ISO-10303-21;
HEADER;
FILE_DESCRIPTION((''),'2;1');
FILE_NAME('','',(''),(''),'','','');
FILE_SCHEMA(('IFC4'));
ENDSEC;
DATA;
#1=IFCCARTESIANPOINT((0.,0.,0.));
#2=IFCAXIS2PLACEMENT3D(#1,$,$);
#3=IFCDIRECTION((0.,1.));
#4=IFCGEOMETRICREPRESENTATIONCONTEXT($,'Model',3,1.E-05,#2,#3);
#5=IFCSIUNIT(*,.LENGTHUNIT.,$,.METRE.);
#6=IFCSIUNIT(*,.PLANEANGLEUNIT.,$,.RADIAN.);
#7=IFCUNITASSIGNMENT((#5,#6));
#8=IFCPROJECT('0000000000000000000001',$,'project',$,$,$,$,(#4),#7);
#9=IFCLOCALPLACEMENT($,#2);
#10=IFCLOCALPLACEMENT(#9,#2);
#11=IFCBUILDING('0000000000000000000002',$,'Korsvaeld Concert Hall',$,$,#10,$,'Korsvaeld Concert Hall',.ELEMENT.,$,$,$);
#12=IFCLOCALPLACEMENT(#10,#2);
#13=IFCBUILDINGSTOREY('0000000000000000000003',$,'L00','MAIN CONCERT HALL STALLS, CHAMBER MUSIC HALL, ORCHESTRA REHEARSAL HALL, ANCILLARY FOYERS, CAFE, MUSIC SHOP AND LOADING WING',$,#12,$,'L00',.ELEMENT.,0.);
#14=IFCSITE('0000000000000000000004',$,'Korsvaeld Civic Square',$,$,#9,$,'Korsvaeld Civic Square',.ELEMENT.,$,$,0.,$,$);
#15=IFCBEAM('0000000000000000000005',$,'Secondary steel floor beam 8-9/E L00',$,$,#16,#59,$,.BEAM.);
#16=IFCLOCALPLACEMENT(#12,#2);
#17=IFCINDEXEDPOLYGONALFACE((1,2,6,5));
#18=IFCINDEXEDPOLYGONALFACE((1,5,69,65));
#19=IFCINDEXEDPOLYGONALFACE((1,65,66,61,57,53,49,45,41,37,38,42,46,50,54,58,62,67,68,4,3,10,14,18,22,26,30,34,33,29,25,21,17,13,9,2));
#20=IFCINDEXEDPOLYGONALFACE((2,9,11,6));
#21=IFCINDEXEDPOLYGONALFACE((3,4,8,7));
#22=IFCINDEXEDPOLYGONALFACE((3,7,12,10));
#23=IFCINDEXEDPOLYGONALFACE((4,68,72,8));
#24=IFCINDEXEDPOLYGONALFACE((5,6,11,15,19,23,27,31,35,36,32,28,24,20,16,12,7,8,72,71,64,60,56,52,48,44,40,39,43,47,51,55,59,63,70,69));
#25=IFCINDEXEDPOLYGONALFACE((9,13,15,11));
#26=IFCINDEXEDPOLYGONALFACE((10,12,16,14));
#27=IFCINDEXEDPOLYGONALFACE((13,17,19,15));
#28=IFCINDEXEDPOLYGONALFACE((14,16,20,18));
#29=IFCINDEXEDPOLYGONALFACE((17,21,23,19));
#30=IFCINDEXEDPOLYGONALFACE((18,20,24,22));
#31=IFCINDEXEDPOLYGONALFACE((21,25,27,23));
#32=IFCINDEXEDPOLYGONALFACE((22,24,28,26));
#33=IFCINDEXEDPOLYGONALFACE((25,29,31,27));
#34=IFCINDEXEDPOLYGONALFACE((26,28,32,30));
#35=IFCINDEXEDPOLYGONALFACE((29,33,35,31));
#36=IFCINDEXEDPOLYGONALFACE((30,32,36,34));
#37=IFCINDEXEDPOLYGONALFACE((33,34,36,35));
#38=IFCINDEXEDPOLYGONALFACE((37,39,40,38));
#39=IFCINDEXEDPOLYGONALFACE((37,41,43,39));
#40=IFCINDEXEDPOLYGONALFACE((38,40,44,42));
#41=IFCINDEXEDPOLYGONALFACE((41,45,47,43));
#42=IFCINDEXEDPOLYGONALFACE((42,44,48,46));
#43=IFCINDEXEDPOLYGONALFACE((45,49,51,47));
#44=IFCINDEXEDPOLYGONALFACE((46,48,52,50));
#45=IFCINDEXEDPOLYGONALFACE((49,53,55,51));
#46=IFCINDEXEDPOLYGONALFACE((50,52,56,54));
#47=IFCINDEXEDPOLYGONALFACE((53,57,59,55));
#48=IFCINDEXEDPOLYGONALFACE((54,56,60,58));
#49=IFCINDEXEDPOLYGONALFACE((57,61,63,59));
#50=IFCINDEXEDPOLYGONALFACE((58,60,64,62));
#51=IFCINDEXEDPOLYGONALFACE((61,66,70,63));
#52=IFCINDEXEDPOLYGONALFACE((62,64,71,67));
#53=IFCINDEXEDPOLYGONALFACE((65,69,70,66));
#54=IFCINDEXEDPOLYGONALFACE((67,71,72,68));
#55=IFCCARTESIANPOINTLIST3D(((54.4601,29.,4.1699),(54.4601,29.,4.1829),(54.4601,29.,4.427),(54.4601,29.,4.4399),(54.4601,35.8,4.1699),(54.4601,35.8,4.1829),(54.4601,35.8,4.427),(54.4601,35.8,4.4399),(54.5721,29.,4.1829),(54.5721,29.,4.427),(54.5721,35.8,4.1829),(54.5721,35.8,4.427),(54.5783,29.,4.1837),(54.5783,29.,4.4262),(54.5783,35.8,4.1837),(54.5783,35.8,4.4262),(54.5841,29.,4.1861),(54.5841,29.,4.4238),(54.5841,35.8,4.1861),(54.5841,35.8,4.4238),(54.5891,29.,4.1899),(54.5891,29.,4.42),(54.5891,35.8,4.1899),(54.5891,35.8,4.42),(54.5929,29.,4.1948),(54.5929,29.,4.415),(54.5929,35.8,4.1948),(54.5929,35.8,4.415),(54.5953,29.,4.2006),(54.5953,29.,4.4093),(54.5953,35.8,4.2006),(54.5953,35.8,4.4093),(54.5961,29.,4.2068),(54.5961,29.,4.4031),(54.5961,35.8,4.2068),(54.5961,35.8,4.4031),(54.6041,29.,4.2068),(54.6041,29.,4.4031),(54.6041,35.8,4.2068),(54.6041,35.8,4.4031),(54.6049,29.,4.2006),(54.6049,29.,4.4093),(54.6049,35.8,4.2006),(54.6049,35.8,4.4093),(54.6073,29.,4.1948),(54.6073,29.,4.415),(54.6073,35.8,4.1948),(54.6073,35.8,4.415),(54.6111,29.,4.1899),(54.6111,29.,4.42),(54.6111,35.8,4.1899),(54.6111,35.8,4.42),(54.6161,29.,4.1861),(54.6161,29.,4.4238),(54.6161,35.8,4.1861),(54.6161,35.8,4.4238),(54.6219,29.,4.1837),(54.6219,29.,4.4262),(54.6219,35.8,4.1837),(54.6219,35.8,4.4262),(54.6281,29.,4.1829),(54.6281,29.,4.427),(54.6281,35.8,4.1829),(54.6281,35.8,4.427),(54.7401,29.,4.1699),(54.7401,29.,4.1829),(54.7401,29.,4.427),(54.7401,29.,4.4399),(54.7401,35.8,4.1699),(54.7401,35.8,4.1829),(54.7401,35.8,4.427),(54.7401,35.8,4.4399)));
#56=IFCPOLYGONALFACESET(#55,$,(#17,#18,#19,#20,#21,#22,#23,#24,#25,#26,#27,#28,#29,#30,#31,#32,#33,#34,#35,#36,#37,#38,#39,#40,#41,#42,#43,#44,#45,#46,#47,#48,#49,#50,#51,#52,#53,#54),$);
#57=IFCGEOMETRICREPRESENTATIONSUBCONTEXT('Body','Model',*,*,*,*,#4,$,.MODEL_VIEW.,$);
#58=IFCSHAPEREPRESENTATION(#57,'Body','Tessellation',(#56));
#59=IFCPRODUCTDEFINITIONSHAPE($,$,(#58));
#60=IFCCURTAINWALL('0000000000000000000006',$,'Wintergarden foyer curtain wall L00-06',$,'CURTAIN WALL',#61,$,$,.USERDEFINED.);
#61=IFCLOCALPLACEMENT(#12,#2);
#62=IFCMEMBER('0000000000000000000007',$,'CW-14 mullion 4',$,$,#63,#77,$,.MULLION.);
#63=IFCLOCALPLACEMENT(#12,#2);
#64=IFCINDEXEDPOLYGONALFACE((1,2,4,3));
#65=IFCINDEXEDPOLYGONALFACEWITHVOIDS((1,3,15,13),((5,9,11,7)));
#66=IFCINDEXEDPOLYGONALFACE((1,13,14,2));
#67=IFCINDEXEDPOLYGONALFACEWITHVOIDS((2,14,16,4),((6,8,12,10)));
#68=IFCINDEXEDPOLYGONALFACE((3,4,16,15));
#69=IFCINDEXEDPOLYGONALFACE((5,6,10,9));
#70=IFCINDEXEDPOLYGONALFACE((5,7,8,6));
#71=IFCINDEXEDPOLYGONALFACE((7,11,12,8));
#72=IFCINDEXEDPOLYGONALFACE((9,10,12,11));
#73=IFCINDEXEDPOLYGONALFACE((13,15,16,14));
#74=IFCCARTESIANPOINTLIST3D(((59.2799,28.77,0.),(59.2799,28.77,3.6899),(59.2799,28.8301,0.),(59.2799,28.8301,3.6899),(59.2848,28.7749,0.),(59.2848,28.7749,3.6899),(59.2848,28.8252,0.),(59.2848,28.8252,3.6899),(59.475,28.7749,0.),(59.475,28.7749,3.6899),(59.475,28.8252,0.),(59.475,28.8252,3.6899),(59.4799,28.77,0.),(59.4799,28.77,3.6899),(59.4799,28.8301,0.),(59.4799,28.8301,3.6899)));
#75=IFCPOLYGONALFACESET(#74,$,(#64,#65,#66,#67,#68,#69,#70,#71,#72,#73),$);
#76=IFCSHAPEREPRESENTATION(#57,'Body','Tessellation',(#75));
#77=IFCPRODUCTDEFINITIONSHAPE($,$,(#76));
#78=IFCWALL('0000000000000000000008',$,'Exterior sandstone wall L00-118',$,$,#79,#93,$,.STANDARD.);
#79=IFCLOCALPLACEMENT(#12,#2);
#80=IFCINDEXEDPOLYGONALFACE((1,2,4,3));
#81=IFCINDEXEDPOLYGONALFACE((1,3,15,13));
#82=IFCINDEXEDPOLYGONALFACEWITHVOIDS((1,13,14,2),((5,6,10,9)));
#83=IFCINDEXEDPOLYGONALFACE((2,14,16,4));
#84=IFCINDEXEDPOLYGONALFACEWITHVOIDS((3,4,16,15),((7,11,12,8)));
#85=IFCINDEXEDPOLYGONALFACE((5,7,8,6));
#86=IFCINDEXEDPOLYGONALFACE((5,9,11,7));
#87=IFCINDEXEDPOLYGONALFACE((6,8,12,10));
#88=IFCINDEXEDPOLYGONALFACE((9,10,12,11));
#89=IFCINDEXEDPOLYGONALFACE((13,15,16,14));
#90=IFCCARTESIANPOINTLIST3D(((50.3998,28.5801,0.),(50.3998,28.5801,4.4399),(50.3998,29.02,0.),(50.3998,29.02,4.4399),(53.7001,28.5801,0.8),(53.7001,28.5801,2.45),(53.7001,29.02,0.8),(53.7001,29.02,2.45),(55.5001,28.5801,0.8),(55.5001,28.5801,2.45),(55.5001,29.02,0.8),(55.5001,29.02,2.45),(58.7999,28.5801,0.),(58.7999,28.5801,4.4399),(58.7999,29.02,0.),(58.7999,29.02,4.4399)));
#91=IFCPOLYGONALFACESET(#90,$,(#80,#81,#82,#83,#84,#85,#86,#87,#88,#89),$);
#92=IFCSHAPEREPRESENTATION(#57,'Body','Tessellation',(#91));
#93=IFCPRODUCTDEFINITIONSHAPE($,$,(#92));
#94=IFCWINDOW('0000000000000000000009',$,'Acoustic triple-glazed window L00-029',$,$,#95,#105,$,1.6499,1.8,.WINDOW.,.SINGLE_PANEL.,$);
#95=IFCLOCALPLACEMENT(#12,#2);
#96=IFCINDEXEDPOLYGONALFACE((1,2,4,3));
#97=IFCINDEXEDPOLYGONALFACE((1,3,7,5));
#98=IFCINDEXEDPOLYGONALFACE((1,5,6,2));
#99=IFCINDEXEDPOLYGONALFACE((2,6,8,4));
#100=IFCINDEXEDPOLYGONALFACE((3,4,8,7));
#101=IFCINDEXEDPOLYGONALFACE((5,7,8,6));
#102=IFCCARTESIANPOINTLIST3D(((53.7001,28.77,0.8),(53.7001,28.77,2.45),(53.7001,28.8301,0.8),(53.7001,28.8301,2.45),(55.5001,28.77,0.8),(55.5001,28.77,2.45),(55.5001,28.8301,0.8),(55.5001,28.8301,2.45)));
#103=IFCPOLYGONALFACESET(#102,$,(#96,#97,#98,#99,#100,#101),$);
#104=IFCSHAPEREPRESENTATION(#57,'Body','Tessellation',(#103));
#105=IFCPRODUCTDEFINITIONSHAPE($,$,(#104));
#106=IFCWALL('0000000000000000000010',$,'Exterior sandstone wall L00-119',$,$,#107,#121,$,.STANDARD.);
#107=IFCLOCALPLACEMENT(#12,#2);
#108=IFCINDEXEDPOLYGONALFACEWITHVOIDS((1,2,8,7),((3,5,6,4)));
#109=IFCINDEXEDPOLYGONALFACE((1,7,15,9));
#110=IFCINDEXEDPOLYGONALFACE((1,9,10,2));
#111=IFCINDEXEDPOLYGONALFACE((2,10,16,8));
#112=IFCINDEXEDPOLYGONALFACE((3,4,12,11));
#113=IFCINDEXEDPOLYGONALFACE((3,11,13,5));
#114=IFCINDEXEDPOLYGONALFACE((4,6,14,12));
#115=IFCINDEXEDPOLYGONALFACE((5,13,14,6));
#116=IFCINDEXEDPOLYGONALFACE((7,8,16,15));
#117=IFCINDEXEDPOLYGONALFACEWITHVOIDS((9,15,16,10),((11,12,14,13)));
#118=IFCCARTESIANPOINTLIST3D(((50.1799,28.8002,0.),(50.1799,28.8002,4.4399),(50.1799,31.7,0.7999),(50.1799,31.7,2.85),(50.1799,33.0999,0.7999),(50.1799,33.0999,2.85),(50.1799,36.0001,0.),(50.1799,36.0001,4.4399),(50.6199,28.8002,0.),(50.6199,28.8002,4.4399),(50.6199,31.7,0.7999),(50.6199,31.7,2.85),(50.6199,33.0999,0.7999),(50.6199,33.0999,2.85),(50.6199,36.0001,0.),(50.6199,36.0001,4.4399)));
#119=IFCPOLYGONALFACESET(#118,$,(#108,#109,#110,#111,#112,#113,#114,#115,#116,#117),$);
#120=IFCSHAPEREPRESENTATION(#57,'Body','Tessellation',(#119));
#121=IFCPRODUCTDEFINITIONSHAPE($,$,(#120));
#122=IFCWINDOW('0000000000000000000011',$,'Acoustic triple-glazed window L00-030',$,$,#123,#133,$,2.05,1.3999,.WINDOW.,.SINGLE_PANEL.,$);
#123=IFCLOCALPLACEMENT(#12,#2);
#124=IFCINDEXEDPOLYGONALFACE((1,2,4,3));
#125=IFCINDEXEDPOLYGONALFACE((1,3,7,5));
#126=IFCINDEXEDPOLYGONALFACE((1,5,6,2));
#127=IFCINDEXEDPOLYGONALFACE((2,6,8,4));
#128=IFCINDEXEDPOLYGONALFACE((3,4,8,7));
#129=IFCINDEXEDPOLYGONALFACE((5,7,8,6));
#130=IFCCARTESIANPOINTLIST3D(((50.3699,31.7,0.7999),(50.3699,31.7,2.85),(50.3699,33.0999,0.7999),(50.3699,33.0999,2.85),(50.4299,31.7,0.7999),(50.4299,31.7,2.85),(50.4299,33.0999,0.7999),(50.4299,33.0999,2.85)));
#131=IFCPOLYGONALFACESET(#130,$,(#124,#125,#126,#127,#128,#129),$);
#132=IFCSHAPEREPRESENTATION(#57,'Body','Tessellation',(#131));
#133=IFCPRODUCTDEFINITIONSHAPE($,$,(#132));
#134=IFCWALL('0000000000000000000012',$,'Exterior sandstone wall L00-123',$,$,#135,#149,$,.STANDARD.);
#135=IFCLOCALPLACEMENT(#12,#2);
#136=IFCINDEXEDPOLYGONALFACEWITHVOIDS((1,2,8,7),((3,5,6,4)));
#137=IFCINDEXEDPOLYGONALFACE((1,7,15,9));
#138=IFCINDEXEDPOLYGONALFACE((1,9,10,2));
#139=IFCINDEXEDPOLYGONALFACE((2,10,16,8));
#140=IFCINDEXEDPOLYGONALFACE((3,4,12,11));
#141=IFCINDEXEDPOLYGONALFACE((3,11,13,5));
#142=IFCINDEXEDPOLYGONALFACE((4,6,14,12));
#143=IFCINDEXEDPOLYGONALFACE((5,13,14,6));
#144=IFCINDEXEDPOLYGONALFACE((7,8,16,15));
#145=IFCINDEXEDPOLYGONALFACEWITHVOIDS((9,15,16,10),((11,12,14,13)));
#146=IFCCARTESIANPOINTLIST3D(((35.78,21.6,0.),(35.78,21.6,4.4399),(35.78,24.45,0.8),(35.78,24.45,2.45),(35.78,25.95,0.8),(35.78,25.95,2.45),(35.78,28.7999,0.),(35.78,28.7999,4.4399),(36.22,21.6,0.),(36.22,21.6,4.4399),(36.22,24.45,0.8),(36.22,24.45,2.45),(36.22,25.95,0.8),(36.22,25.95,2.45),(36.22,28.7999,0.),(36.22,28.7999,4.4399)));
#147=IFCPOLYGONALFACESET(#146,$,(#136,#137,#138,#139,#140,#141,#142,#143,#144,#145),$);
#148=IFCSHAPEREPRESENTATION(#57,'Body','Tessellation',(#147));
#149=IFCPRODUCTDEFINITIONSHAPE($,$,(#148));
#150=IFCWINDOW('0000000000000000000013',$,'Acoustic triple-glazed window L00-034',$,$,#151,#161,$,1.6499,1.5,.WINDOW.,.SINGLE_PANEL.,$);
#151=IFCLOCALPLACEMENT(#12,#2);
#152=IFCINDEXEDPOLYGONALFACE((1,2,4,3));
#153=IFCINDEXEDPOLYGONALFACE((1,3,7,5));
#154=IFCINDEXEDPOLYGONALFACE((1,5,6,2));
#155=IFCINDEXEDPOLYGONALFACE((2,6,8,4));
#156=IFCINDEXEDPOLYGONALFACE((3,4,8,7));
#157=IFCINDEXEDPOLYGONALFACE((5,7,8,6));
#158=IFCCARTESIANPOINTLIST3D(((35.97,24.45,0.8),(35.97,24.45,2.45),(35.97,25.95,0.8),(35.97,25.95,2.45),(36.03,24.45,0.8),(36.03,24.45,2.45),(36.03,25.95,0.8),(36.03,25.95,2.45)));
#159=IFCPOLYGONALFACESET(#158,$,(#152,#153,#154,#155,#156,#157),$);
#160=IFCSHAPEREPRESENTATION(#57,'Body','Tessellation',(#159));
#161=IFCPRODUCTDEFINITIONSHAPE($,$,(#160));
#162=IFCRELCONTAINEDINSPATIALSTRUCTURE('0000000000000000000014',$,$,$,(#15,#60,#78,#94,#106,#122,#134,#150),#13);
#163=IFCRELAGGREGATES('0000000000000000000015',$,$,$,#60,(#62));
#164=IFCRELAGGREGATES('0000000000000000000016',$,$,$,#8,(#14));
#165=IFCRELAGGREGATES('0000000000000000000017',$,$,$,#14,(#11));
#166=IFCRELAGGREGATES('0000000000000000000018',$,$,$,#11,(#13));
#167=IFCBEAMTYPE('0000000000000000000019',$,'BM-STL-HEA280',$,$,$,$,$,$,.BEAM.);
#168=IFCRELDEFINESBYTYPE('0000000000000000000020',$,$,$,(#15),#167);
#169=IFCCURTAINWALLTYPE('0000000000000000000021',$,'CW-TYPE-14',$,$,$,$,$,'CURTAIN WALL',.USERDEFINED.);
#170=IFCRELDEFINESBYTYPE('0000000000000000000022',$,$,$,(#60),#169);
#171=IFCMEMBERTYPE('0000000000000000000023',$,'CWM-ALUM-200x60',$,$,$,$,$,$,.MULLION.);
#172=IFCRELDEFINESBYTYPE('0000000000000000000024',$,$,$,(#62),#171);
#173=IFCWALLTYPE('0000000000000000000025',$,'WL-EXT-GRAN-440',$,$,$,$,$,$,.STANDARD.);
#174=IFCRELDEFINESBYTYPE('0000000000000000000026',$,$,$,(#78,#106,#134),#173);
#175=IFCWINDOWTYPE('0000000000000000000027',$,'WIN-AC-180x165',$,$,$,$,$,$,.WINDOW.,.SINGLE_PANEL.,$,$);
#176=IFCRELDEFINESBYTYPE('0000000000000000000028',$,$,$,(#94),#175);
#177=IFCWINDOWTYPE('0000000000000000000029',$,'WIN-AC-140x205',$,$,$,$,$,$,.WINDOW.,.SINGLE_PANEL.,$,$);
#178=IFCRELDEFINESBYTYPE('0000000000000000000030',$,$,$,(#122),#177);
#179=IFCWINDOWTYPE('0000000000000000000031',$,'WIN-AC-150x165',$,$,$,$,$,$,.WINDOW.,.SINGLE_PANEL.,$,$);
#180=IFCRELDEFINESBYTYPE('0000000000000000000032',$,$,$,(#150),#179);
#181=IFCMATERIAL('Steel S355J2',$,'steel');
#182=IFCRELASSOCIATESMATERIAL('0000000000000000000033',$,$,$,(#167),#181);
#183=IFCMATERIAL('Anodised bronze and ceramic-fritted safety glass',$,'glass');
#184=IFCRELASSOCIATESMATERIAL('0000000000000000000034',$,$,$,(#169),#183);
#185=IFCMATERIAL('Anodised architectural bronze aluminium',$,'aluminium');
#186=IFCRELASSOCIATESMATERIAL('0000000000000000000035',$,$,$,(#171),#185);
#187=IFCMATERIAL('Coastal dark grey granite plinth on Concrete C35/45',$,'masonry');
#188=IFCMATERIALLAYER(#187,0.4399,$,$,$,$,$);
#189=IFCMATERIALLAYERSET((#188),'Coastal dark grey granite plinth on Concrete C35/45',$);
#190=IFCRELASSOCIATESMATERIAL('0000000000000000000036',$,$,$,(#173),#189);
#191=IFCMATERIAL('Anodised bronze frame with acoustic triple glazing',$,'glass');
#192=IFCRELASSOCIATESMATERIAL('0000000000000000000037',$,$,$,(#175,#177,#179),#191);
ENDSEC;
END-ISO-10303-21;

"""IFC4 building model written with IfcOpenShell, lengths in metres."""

from ifc_helpers import new_model, si_unit, direction, frame, frame_2d, origin, origin_2d, place, context, subcontext, project, spatial, rectangle, hollow_rectangle, i_section, extrude, material, layer, layer_set, material_profile, profile_set, type_object, element, fill, aggregate, save


model = new_model("IFC4")

# Units and contexts
model_context = context("Model", 3, precision=1e-05, world=origin(), true_north=direction((0.0, 1.0)))
body_context = subcontext(model_context, "Body", "Model", "MODEL_VIEW")
ifc_project = project(units=[si_unit("LENGTHUNIT", "METRE"), si_unit("PLANEANGLEUNIT", "RADIAN")], contexts=[model_context])

# Site, building, storey
site_placement = place(None, origin())
site = spatial("IfcSite", under=ifc_project, at=site_placement, Name="Korsvaeld Civic Square", LongName="Korsvaeld Civic Square", CompositionType="ELEMENT", RefElevation=0.0)
building_placement = place(site_placement, origin())
building = spatial("IfcBuilding", under=site, at=building_placement, Name="Korsvaeld Concert Hall", LongName="Korsvaeld Concert Hall", CompositionType="ELEMENT")
storey_placement = place(building_placement, origin())
storey = spatial("IfcBuildingStorey", under=building, at=storey_placement, Name="L00", Description="MAIN CONCERT HALL STALLS, CHAMBER MUSIC HALL, ORCHESTRA REHEARSAL HALL, ANCILLARY FOYERS, CAFE, MUSIC SHOP AND LOADING WING", LongName="L00", CompositionType="ELEMENT", Elevation=0.0)

# Beam
ifc_material_1 = material(Name="Steel S355J2", Category="steel")
ifc_material_profile_1 = material_profile(ifc_material_1, i_section(OverallWidth=0.28, OverallDepth=0.27, WebThickness=0.0081, FlangeThickness=0.0129, FilletRadius=0.0239, at=origin_2d()), Name="HEA 280")
ifc_profile_set_1 = profile_set([ifc_material_profile_1], Name="Steel S355J2")
beam_type_1 = type_object("IfcBeamType", Name="BM-STL-HEA280", PredefinedType="BEAM", material=ifc_profile_set_1)
beam_1_placement = place(storey_placement, frame((54.6001, 29.0, 4.3049), z_axis=(0.0, 1.0, 0.0), x_axis=(-1.0, 0.0, 0.0)))
element("IfcBeam", 1, at=beam_1_placement, inside=storey, type_object=beam_type_1, Name="Secondary steel floor beam 8-9/E L00", PredefinedType="BEAM", context=body_context, shape_type="SweptSolid", body=[
    extrude(i_section(OverallWidth=0.28, OverallDepth=0.27, WebThickness=0.0081, FlangeThickness=0.0129, FilletRadius=0.0239, at=origin_2d()), origin(), (0.0, 0.0, 1.0), 6.8),
])

# Curtain wall, member
ifc_material_2 = material(Name="Anodised bronze and ceramic-fritted safety glass", Category="glass")
curtain_wall_type = type_object("IfcCurtainWallType", Name="CW-TYPE-14", ElementType="CURTAIN WALL", PredefinedType="USERDEFINED", material=ifc_material_2)
curtain_wall_placement = place(storey_placement, origin())
curtain_wall = element("IfcCurtainWall", 2, at=curtain_wall_placement, inside=storey, type_object=curtain_wall_type, Name="Wintergarden foyer curtain wall L00-06", ObjectType="CURTAIN WALL", PredefinedType="USERDEFINED")
ifc_material_3 = material(Name="Anodised architectural bronze aluminium", Category="aluminium")
ifc_material_profile_2 = material_profile(ifc_material_3, hollow_rectangle(XDim=0.0601, YDim=0.2, WallThickness=0.0049, at=origin_2d()), Name="CWM 200x60x5")
ifc_profile_set_2 = profile_set([ifc_material_profile_2], Name="Anodised architectural bronze aluminium")
member_type = type_object("IfcMemberType", Name="CWM-ALUM-200x60", PredefinedType="MULLION", material=ifc_profile_set_2)
member_placement = place(storey_placement, frame((59.3799, 28.8, 0.0), z_axis=(0.0, 0.0, 1.0), x_axis=(0.0, -1.0, 0.0)))
member = element("IfcMember", 3, at=member_placement, type_object=member_type, Name="CW-14 mullion 4", PredefinedType="MULLION", context=body_context, shape_type="SweptSolid", body=[
    extrude(hollow_rectangle(XDim=0.0601, YDim=0.2, WallThickness=0.0049, at=origin_2d()), origin(), (0.0, 0.0, 1.0), 3.6899),
])
aggregate(curtain_wall, [member])

# Walls, openings, windows
ifc_material_4 = material(Name="Coastal dark grey granite plinth on Concrete C35/45", Category="masonry")
ifc_layer_1 = layer(ifc_material_4, 0.4399)
ifc_layer_set_1 = layer_set([ifc_layer_1], Name="Coastal dark grey granite plinth on Concrete C35/45")
wall_type_1 = type_object("IfcWallType", Name="WL-EXT-GRAN-440", PredefinedType="STANDARD", material=ifc_layer_set_1)
wall_1_placement = place(storey_placement, frame((58.8, 28.8, 0.0), z_axis=(0.0, 0.0, 1.0), x_axis=(-1.0, 0.0, 0.0)))
wall_1 = element("IfcWall", 4, at=wall_1_placement, inside=storey, type_object=wall_type_1, Name="Exterior sandstone wall L00-118", PredefinedType="STANDARD", context=body_context, shape_type="SweptSolid", body=[
    extrude(rectangle(XDim=8.4001, YDim=0.4399, at=frame_2d((4.2002, 0.0))), origin(), (0.0, 0.0, 1.0), 4.4399),
])
opening_1_placement = place(wall_1_placement, frame((3.3, 0.0, 0.8)))
opening_1 = element("IfcOpeningElement", 5, at=opening_1_placement, cuts=wall_1, PredefinedType="OPENING", context=body_context, shape_type="SweptSolid", body=[
    extrude(rectangle(XDim=1.8, YDim=1.6499, at=frame_2d((0.8999, 0.825))), frame((0.0, 0.23, 0.0), z_axis=(0.0, -1.0, 0.0), x_axis=(1.0, 0.0, 0.0)), (0.0, 0.0, 1.0), 0.46),
])
ifc_material_5 = material(Name="Anodised bronze frame with acoustic triple glazing", Category="glass")
window_type_1 = type_object("IfcWindowType", Name="WIN-AC-180x165", PartitioningType="SINGLE_PANEL", PredefinedType="WINDOW", material=ifc_material_5)
window_1_placement = place(opening_1_placement, origin())
window_1 = element("IfcWindow", 6, at=window_1_placement, inside=storey, type_object=window_type_1, Name="Acoustic triple-glazed window L00-029", OverallHeight=1.6499, OverallWidth=1.8, PartitioningType="SINGLE_PANEL", PredefinedType="WINDOW", context=body_context, shape_type="SweptSolid", body=[
    extrude(rectangle(XDim=1.8, YDim=1.6499, at=frame_2d((0.8999, 0.825))), frame((0.0, 0.03, 0.0), z_axis=(0.0, -1.0, 0.0), x_axis=(1.0, 0.0, 0.0)), (0.0, 0.0, 1.0), 0.0601),
])
fill(opening_1, window_1)
wall_2_placement = place(storey_placement, frame((50.3999, 28.8, 0.0), z_axis=(0.0, 0.0, 1.0), x_axis=(0.0, 1.0, 0.0)))
wall_2 = element("IfcWall", 7, at=wall_2_placement, inside=storey, type_object=wall_type_1, Name="Exterior sandstone wall L00-119", PredefinedType="STANDARD", context=body_context, shape_type="SweptSolid", body=[
    extrude(rectangle(XDim=7.2, YDim=0.4399, at=frame_2d((3.6001, 0.0))), origin(), (0.0, 0.0, 1.0), 4.4399),
])
opening_2_placement = place(wall_2_placement, frame((2.8999, 0.0, 0.8)))
opening_2 = element("IfcOpeningElement", 8, at=opening_2_placement, cuts=wall_2, PredefinedType="OPENING", context=body_context, shape_type="SweptSolid", body=[
    extrude(rectangle(XDim=1.3999, YDim=2.05, at=frame_2d((0.7, 1.0249))), frame((0.0, 0.23, 0.0), z_axis=(0.0, -1.0, 0.0), x_axis=(1.0, 0.0, 0.0)), (0.0, 0.0, 1.0), 0.46),
])
window_type_2 = type_object("IfcWindowType", Name="WIN-AC-140x205", PartitioningType="SINGLE_PANEL", PredefinedType="WINDOW", material=ifc_material_5)
window_2_placement = place(opening_2_placement, origin())
window_2 = element("IfcWindow", 9, at=window_2_placement, inside=storey, type_object=window_type_2, Name="Acoustic triple-glazed window L00-030", OverallHeight=2.05, OverallWidth=1.3999, PartitioningType="SINGLE_PANEL", PredefinedType="WINDOW", context=body_context, shape_type="SweptSolid", body=[
    extrude(rectangle(XDim=1.3999, YDim=2.05, at=frame_2d((0.7, 1.0249))), frame((0.0, 0.03, 0.0), z_axis=(0.0, -1.0, 0.0), x_axis=(1.0, 0.0, 0.0)), (0.0, 0.0, 1.0), 0.0601),
])
fill(opening_2, window_2)
wall_3_placement = place(storey_placement, frame((36.0, 28.8, 0.0), z_axis=(0.0, 0.0, 1.0), x_axis=(0.0, -1.0, 0.0)))
wall_3 = element("IfcWall", 10, at=wall_3_placement, inside=storey, type_object=wall_type_1, Name="Exterior sandstone wall L00-123", PredefinedType="STANDARD", context=body_context, shape_type="SweptSolid", body=[
    extrude(rectangle(XDim=7.2, YDim=0.4399, at=frame_2d((3.6001, 0.0))), origin(), (0.0, 0.0, 1.0), 4.4399),
])
opening_3_placement = place(wall_3_placement, frame((2.8501, 0.0, 0.8)))
opening_3 = element("IfcOpeningElement", 11, at=opening_3_placement, cuts=wall_3, PredefinedType="OPENING", context=body_context, shape_type="SweptSolid", body=[
    extrude(rectangle(XDim=1.5, YDim=1.6499, at=frame_2d((0.75, 0.825))), frame((0.0, 0.23, 0.0), z_axis=(0.0, -1.0, 0.0), x_axis=(1.0, 0.0, 0.0)), (0.0, 0.0, 1.0), 0.46),
])
window_type_3 = type_object("IfcWindowType", Name="WIN-AC-150x165", PartitioningType="SINGLE_PANEL", PredefinedType="WINDOW", material=ifc_material_5)
window_3_placement = place(opening_3_placement, origin())
window_3 = element("IfcWindow", 12, at=window_3_placement, inside=storey, type_object=window_type_3, Name="Acoustic triple-glazed window L00-034", OverallHeight=1.6499, OverallWidth=1.5, PartitioningType="SINGLE_PANEL", PredefinedType="WINDOW", context=body_context, shape_type="SweptSolid", body=[
    extrude(rectangle(XDim=1.5, YDim=1.6499, at=frame_2d((0.75, 0.825))), frame((0.0, 0.03, 0.0), z_axis=(0.0, -1.0, 0.0), x_axis=(1.0, 0.0, 0.0)), (0.0, 0.0, 1.0), 0.0601),
])
fill(opening_3, window_3)

save(model, "model.ifc")
